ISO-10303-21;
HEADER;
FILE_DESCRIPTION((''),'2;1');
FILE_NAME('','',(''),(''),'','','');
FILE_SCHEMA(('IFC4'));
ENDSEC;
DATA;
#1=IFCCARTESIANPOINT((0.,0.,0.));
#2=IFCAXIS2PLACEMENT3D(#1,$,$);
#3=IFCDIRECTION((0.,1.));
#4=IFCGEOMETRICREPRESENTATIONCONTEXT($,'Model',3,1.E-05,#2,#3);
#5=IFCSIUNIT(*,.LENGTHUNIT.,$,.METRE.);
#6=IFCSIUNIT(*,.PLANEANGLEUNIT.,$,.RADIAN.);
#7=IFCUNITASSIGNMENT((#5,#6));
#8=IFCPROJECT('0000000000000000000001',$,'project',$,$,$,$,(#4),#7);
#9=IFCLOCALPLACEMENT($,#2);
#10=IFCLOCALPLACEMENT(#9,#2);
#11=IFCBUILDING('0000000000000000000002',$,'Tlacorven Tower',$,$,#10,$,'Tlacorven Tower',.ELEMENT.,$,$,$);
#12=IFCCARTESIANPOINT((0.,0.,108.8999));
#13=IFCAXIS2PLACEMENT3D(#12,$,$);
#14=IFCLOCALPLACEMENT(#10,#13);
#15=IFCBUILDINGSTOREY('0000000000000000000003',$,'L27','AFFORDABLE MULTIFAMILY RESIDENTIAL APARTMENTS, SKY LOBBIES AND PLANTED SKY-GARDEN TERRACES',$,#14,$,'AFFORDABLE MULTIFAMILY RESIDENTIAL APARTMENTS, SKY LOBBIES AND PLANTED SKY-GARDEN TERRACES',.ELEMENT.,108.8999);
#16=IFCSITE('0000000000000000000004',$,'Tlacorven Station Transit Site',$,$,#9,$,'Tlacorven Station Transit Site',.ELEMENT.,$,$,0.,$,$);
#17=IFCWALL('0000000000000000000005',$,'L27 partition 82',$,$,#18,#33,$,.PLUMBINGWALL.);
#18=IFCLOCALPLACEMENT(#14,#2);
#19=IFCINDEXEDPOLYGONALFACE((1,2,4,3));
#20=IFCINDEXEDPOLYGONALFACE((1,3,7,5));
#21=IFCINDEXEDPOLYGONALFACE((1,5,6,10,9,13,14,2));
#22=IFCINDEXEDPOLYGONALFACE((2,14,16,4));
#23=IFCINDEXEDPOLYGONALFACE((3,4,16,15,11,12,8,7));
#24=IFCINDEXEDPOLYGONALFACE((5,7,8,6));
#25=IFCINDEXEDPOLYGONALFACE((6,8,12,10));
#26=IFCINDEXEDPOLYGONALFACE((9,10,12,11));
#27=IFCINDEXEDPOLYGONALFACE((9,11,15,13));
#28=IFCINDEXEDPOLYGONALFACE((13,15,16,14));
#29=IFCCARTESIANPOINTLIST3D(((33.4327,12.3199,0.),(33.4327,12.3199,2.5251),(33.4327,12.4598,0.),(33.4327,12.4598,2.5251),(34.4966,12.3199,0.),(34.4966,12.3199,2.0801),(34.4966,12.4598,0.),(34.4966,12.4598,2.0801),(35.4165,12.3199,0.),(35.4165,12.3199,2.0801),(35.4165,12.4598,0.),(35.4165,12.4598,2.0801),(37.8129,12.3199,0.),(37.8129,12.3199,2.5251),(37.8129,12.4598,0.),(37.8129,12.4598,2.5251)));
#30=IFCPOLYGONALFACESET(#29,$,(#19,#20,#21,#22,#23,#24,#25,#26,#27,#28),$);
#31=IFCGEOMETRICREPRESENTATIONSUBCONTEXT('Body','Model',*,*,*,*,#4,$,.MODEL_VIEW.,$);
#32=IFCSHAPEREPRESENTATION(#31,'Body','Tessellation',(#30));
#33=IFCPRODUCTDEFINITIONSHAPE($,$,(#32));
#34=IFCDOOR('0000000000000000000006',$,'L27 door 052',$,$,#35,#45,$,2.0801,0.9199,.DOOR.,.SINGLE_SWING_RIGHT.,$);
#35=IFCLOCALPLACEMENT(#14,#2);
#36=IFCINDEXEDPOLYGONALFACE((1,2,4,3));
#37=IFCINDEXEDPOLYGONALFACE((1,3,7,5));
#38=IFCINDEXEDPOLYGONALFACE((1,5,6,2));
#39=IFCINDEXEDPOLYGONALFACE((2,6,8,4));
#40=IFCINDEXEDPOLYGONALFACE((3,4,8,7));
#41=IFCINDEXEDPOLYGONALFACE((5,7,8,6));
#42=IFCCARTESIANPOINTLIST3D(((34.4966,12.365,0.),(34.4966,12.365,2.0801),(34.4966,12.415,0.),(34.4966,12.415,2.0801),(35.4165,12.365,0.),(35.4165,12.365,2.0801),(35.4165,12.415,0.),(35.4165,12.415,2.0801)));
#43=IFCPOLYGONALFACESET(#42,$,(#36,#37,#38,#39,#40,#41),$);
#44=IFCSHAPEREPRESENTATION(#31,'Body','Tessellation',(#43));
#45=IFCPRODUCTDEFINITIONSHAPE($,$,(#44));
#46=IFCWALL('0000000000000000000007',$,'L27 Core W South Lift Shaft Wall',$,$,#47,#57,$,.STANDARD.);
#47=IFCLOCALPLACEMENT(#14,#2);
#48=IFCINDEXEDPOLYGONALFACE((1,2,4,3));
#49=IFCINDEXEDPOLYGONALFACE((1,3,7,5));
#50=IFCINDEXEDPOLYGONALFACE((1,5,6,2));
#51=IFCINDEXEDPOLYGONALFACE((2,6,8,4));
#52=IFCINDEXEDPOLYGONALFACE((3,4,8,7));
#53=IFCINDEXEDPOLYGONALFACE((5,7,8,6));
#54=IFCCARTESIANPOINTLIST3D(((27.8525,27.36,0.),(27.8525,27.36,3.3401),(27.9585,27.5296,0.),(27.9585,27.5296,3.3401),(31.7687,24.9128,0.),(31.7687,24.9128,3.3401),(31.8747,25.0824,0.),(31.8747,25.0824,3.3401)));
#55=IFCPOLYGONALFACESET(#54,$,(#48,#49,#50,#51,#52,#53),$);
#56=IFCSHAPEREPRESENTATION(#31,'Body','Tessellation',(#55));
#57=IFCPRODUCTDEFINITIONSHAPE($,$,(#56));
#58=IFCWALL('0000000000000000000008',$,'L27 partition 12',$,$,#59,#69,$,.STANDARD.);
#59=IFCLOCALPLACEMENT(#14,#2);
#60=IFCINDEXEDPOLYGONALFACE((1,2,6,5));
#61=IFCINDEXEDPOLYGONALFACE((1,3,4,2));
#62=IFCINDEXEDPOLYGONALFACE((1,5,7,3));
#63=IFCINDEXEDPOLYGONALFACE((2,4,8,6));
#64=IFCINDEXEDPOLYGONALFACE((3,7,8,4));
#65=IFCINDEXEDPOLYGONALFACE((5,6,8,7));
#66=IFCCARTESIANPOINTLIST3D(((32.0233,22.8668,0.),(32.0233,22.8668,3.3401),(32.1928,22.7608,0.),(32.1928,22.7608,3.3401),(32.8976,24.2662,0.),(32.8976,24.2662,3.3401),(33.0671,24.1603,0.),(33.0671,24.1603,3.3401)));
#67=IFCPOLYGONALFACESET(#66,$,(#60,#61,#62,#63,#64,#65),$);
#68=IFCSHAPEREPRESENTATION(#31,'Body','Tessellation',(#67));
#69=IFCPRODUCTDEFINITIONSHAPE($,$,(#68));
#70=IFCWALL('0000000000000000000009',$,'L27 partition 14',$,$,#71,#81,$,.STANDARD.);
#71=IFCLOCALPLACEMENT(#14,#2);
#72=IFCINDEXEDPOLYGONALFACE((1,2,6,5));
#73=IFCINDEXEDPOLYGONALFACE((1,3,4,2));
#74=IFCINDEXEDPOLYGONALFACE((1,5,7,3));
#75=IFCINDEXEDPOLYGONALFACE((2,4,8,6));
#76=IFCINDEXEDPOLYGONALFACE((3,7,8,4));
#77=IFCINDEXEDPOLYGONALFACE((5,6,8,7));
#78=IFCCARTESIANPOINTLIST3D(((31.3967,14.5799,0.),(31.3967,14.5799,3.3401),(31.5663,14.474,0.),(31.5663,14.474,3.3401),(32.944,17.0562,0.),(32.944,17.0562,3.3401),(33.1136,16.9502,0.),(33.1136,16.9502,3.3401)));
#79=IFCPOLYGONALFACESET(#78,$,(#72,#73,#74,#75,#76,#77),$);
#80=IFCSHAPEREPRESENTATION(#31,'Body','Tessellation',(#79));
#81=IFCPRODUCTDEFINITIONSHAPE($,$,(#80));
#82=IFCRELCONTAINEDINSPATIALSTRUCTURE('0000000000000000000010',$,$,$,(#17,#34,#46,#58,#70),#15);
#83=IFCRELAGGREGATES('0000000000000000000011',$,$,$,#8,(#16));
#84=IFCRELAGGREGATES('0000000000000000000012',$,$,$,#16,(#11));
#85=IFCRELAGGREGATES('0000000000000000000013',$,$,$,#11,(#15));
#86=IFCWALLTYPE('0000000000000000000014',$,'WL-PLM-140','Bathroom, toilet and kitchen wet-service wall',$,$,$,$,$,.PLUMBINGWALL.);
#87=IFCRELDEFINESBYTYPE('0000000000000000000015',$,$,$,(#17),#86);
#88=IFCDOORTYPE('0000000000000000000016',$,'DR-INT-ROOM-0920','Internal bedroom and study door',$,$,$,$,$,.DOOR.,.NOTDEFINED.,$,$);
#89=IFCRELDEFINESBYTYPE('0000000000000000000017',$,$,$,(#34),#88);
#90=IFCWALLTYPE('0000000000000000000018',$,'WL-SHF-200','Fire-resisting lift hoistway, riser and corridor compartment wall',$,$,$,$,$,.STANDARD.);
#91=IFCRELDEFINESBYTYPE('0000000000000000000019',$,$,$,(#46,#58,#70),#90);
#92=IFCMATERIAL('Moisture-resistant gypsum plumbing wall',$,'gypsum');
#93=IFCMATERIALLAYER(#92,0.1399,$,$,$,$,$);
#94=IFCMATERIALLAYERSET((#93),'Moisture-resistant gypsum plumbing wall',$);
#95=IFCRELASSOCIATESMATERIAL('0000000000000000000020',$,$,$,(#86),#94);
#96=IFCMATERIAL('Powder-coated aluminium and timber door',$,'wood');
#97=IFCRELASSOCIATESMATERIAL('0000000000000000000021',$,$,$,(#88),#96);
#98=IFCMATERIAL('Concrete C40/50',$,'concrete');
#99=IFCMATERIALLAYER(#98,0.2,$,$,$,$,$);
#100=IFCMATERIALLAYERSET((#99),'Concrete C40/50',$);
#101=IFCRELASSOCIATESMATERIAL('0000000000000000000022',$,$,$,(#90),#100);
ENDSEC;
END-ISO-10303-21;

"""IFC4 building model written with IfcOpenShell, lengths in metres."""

from ifc_helpers import new_model, si_unit, direction, frame, frame_2d, origin, place, context, subcontext, project, spatial, rectangle, extrude, source, transform, mapped, material, layer, layer_set, type_object, element, fill, save


model = new_model("IFC4")

# Units and contexts
model_context = context("Model", 3, precision=1e-05, world=origin(), true_north=direction((0.0, 1.0)))
body_context = subcontext(model_context, "Body", "Model", "MODEL_VIEW")
ifc_project = project(units=[si_unit("LENGTHUNIT", "METRE"), si_unit("PLANEANGLEUNIT", "RADIAN")], contexts=[model_context])

# Site, building, storey
site_placement = place(None, origin())
site = spatial("IfcSite", under=ifc_project, at=site_placement, Name="Tlacorven Station Transit Site", LongName="Tlacorven Station Transit Site", CompositionType="ELEMENT", RefElevation=0.0)
building_placement = place(site_placement, origin())
building = spatial("IfcBuilding", under=site, at=building_placement, Name="Tlacorven Tower", LongName="Tlacorven Tower", CompositionType="ELEMENT")
storey_placement = place(building_placement, frame((0.0, 0.0, 108.8999)))
storey = spatial("IfcBuildingStorey", under=building, at=storey_placement, Name="L27", Description="AFFORDABLE MULTIFAMILY RESIDENTIAL APARTMENTS, SKY LOBBIES AND PLANTED SKY-GARDEN TERRACES", LongName="AFFORDABLE MULTIFAMILY RESIDENTIAL APARTMENTS, SKY LOBBIES AND PLANTED SKY-GARDEN TERRACES", CompositionType="ELEMENT", Elevation=108.8999)

# Shared definitions
ifc_material_1 = material(Name="Powder-coated aluminium and timber door", Category="wood")

# Shared definitions
ifc_material_2 = material(Name="Moisture-resistant gypsum plumbing wall", Category="gypsum")
ifc_layer_1 = layer(ifc_material_2, 0.1399)
ifc_layer_set_1 = layer_set([ifc_layer_1], Name="Moisture-resistant gypsum plumbing wall")
wall_type_1 = type_object("IfcWallType", Name="WL-PLM-140", Description="Bathroom, toilet and kitchen wet-service wall", PredefinedType="PLUMBINGWALL", material=ifc_layer_set_1)

# Wall, opening, door
wall_1_placement = place(storey_placement, frame((33.4329, 12.3899, 0.0), z_axis=(0.0, 0.0, 1.0), x_axis=(1.0, 0.0, 0.0)))
wall_1 = element("IfcWall", 1, at=wall_1_placement, inside=storey, type_object=wall_type_1, Name="L27 partition 82", PredefinedType="PLUMBINGWALL", context=body_context, shape_type="SweptSolid", body=[
    extrude(rectangle(XDim=4.3801, YDim=0.1399, at=frame_2d((2.1899, 0.0))), origin(), (0.0, 0.0, 1.0), 2.5251),
])
opening_1_placement = place(wall_1_placement, frame((1.0637, 0.0, 0.0)))
opening_1 = element("IfcOpeningElement", 2, at=opening_1_placement, cuts=wall_1, PredefinedType="OPENING", context=body_context, shape_type="SweptSolid", body=[
    extrude(rectangle(XDim=0.9199, YDim=2.0801, at=frame_2d((0.46, 1.04))), frame((0.0, 0.0801, 0.0), z_axis=(0.0, -1.0, 0.0), x_axis=(1.0, 0.0, 0.0)), (0.0, 0.0, 1.0), 0.1599),
])
door_type_1 = type_object("IfcDoorType", Name="DR-INT-ROOM-0920", Description="Internal bedroom and study door", OperationType="NOTDEFINED", PredefinedType="DOOR", material=ifc_material_1)
shared_shape_1 = source(origin(), body_context, "Body", "SweptSolid", [
    extrude(rectangle(XDim=0.9199, YDim=2.0801, at=frame_2d((0.46, 1.04))), frame((0.0, 0.0249, 0.0), z_axis=(0.0, -1.0, 0.0), x_axis=(1.0, 0.0, 0.0)), (0.0, 0.0, 1.0), 0.05),
])
door_1_placement = place(opening_1_placement, frame((0.9199, 0.0, 0.0), z_axis=(0.0, 0.0, 1.0), x_axis=(-1.0, 0.0, 0.0)))
door_1 = element("IfcDoor", 3, at=door_1_placement, inside=storey, type_object=door_type_1, Name="L27 door 052", OperationType="SINGLE_SWING_RIGHT", OverallHeight=2.0801, OverallWidth=0.9199, PredefinedType="DOOR", context=body_context, shape_type="MappedRepresentation", body=[
    mapped(shared_shape_1, transform((0.0, 0.0, 0.0), scale=1.0)),
])
fill(opening_1, door_1)

# Wall
ifc_material_3 = material(Name="Concrete C40/50", Category="concrete")
ifc_layer_2 = layer(ifc_material_3, 0.2)
ifc_layer_set_2 = layer_set([ifc_layer_2], Name="Concrete C40/50")
wall_type_2 = type_object("IfcWallType", Name="WL-SHF-200", Description="Fire-resisting lift hoistway, riser and corridor compartment wall", PredefinedType="STANDARD", material=ifc_layer_set_2)
wall_2_placement = place(storey_placement, frame((31.8218, 24.9976, 0.0), z_axis=(0.0, 0.0, 1.0), x_axis=(-0.848037, 0.529937, 0.0)))
element("IfcWall", 4, at=wall_2_placement, inside=storey, type_object=wall_type_2, Name="L27 Core W South Lift Shaft Wall", PredefinedType="STANDARD", context=body_context, shape_type="SweptSolid", body=[
    extrude(rectangle(XDim=4.6179, YDim=0.2, at=frame_2d((2.3091, 0.0))), origin(), (0.0, 0.0, 1.0), 3.3401),
])

# Walls
wall_3_placement = place(storey_placement, frame((32.9824, 24.2134, 0.0), z_axis=(0.0, 0.0, 1.0), x_axis=(-0.529839, -0.848098, 0.0)))
element("IfcWall", 5, at=wall_3_placement, inside=storey, type_object=wall_type_2, Name="L27 partition 12", PredefinedType="STANDARD", context=body_context, shape_type="SweptSolid", body=[
    extrude(rectangle(XDim=1.6501, YDim=0.2, at=frame_2d((0.8252, 0.0))), origin(), (0.0, 0.0, 1.0), 3.3401),
])
wall_4_placement = place(storey_placement, frame((33.0288, 17.0032, 0.0), z_axis=(0.0, 0.0, 1.0), x_axis=(-0.529916, -0.84805, 0.0)))
element("IfcWall", 6, at=wall_4_placement, inside=storey, type_object=wall_type_2, Name="L27 partition 14", PredefinedType="STANDARD", context=body_context, shape_type="SweptSolid", body=[
    extrude(rectangle(XDim=2.9199, YDim=0.2, at=frame_2d((1.46, 0.0))), origin(), (0.0, 0.0, 1.0), 3.3401),
])

save(model, "model.ifc")
